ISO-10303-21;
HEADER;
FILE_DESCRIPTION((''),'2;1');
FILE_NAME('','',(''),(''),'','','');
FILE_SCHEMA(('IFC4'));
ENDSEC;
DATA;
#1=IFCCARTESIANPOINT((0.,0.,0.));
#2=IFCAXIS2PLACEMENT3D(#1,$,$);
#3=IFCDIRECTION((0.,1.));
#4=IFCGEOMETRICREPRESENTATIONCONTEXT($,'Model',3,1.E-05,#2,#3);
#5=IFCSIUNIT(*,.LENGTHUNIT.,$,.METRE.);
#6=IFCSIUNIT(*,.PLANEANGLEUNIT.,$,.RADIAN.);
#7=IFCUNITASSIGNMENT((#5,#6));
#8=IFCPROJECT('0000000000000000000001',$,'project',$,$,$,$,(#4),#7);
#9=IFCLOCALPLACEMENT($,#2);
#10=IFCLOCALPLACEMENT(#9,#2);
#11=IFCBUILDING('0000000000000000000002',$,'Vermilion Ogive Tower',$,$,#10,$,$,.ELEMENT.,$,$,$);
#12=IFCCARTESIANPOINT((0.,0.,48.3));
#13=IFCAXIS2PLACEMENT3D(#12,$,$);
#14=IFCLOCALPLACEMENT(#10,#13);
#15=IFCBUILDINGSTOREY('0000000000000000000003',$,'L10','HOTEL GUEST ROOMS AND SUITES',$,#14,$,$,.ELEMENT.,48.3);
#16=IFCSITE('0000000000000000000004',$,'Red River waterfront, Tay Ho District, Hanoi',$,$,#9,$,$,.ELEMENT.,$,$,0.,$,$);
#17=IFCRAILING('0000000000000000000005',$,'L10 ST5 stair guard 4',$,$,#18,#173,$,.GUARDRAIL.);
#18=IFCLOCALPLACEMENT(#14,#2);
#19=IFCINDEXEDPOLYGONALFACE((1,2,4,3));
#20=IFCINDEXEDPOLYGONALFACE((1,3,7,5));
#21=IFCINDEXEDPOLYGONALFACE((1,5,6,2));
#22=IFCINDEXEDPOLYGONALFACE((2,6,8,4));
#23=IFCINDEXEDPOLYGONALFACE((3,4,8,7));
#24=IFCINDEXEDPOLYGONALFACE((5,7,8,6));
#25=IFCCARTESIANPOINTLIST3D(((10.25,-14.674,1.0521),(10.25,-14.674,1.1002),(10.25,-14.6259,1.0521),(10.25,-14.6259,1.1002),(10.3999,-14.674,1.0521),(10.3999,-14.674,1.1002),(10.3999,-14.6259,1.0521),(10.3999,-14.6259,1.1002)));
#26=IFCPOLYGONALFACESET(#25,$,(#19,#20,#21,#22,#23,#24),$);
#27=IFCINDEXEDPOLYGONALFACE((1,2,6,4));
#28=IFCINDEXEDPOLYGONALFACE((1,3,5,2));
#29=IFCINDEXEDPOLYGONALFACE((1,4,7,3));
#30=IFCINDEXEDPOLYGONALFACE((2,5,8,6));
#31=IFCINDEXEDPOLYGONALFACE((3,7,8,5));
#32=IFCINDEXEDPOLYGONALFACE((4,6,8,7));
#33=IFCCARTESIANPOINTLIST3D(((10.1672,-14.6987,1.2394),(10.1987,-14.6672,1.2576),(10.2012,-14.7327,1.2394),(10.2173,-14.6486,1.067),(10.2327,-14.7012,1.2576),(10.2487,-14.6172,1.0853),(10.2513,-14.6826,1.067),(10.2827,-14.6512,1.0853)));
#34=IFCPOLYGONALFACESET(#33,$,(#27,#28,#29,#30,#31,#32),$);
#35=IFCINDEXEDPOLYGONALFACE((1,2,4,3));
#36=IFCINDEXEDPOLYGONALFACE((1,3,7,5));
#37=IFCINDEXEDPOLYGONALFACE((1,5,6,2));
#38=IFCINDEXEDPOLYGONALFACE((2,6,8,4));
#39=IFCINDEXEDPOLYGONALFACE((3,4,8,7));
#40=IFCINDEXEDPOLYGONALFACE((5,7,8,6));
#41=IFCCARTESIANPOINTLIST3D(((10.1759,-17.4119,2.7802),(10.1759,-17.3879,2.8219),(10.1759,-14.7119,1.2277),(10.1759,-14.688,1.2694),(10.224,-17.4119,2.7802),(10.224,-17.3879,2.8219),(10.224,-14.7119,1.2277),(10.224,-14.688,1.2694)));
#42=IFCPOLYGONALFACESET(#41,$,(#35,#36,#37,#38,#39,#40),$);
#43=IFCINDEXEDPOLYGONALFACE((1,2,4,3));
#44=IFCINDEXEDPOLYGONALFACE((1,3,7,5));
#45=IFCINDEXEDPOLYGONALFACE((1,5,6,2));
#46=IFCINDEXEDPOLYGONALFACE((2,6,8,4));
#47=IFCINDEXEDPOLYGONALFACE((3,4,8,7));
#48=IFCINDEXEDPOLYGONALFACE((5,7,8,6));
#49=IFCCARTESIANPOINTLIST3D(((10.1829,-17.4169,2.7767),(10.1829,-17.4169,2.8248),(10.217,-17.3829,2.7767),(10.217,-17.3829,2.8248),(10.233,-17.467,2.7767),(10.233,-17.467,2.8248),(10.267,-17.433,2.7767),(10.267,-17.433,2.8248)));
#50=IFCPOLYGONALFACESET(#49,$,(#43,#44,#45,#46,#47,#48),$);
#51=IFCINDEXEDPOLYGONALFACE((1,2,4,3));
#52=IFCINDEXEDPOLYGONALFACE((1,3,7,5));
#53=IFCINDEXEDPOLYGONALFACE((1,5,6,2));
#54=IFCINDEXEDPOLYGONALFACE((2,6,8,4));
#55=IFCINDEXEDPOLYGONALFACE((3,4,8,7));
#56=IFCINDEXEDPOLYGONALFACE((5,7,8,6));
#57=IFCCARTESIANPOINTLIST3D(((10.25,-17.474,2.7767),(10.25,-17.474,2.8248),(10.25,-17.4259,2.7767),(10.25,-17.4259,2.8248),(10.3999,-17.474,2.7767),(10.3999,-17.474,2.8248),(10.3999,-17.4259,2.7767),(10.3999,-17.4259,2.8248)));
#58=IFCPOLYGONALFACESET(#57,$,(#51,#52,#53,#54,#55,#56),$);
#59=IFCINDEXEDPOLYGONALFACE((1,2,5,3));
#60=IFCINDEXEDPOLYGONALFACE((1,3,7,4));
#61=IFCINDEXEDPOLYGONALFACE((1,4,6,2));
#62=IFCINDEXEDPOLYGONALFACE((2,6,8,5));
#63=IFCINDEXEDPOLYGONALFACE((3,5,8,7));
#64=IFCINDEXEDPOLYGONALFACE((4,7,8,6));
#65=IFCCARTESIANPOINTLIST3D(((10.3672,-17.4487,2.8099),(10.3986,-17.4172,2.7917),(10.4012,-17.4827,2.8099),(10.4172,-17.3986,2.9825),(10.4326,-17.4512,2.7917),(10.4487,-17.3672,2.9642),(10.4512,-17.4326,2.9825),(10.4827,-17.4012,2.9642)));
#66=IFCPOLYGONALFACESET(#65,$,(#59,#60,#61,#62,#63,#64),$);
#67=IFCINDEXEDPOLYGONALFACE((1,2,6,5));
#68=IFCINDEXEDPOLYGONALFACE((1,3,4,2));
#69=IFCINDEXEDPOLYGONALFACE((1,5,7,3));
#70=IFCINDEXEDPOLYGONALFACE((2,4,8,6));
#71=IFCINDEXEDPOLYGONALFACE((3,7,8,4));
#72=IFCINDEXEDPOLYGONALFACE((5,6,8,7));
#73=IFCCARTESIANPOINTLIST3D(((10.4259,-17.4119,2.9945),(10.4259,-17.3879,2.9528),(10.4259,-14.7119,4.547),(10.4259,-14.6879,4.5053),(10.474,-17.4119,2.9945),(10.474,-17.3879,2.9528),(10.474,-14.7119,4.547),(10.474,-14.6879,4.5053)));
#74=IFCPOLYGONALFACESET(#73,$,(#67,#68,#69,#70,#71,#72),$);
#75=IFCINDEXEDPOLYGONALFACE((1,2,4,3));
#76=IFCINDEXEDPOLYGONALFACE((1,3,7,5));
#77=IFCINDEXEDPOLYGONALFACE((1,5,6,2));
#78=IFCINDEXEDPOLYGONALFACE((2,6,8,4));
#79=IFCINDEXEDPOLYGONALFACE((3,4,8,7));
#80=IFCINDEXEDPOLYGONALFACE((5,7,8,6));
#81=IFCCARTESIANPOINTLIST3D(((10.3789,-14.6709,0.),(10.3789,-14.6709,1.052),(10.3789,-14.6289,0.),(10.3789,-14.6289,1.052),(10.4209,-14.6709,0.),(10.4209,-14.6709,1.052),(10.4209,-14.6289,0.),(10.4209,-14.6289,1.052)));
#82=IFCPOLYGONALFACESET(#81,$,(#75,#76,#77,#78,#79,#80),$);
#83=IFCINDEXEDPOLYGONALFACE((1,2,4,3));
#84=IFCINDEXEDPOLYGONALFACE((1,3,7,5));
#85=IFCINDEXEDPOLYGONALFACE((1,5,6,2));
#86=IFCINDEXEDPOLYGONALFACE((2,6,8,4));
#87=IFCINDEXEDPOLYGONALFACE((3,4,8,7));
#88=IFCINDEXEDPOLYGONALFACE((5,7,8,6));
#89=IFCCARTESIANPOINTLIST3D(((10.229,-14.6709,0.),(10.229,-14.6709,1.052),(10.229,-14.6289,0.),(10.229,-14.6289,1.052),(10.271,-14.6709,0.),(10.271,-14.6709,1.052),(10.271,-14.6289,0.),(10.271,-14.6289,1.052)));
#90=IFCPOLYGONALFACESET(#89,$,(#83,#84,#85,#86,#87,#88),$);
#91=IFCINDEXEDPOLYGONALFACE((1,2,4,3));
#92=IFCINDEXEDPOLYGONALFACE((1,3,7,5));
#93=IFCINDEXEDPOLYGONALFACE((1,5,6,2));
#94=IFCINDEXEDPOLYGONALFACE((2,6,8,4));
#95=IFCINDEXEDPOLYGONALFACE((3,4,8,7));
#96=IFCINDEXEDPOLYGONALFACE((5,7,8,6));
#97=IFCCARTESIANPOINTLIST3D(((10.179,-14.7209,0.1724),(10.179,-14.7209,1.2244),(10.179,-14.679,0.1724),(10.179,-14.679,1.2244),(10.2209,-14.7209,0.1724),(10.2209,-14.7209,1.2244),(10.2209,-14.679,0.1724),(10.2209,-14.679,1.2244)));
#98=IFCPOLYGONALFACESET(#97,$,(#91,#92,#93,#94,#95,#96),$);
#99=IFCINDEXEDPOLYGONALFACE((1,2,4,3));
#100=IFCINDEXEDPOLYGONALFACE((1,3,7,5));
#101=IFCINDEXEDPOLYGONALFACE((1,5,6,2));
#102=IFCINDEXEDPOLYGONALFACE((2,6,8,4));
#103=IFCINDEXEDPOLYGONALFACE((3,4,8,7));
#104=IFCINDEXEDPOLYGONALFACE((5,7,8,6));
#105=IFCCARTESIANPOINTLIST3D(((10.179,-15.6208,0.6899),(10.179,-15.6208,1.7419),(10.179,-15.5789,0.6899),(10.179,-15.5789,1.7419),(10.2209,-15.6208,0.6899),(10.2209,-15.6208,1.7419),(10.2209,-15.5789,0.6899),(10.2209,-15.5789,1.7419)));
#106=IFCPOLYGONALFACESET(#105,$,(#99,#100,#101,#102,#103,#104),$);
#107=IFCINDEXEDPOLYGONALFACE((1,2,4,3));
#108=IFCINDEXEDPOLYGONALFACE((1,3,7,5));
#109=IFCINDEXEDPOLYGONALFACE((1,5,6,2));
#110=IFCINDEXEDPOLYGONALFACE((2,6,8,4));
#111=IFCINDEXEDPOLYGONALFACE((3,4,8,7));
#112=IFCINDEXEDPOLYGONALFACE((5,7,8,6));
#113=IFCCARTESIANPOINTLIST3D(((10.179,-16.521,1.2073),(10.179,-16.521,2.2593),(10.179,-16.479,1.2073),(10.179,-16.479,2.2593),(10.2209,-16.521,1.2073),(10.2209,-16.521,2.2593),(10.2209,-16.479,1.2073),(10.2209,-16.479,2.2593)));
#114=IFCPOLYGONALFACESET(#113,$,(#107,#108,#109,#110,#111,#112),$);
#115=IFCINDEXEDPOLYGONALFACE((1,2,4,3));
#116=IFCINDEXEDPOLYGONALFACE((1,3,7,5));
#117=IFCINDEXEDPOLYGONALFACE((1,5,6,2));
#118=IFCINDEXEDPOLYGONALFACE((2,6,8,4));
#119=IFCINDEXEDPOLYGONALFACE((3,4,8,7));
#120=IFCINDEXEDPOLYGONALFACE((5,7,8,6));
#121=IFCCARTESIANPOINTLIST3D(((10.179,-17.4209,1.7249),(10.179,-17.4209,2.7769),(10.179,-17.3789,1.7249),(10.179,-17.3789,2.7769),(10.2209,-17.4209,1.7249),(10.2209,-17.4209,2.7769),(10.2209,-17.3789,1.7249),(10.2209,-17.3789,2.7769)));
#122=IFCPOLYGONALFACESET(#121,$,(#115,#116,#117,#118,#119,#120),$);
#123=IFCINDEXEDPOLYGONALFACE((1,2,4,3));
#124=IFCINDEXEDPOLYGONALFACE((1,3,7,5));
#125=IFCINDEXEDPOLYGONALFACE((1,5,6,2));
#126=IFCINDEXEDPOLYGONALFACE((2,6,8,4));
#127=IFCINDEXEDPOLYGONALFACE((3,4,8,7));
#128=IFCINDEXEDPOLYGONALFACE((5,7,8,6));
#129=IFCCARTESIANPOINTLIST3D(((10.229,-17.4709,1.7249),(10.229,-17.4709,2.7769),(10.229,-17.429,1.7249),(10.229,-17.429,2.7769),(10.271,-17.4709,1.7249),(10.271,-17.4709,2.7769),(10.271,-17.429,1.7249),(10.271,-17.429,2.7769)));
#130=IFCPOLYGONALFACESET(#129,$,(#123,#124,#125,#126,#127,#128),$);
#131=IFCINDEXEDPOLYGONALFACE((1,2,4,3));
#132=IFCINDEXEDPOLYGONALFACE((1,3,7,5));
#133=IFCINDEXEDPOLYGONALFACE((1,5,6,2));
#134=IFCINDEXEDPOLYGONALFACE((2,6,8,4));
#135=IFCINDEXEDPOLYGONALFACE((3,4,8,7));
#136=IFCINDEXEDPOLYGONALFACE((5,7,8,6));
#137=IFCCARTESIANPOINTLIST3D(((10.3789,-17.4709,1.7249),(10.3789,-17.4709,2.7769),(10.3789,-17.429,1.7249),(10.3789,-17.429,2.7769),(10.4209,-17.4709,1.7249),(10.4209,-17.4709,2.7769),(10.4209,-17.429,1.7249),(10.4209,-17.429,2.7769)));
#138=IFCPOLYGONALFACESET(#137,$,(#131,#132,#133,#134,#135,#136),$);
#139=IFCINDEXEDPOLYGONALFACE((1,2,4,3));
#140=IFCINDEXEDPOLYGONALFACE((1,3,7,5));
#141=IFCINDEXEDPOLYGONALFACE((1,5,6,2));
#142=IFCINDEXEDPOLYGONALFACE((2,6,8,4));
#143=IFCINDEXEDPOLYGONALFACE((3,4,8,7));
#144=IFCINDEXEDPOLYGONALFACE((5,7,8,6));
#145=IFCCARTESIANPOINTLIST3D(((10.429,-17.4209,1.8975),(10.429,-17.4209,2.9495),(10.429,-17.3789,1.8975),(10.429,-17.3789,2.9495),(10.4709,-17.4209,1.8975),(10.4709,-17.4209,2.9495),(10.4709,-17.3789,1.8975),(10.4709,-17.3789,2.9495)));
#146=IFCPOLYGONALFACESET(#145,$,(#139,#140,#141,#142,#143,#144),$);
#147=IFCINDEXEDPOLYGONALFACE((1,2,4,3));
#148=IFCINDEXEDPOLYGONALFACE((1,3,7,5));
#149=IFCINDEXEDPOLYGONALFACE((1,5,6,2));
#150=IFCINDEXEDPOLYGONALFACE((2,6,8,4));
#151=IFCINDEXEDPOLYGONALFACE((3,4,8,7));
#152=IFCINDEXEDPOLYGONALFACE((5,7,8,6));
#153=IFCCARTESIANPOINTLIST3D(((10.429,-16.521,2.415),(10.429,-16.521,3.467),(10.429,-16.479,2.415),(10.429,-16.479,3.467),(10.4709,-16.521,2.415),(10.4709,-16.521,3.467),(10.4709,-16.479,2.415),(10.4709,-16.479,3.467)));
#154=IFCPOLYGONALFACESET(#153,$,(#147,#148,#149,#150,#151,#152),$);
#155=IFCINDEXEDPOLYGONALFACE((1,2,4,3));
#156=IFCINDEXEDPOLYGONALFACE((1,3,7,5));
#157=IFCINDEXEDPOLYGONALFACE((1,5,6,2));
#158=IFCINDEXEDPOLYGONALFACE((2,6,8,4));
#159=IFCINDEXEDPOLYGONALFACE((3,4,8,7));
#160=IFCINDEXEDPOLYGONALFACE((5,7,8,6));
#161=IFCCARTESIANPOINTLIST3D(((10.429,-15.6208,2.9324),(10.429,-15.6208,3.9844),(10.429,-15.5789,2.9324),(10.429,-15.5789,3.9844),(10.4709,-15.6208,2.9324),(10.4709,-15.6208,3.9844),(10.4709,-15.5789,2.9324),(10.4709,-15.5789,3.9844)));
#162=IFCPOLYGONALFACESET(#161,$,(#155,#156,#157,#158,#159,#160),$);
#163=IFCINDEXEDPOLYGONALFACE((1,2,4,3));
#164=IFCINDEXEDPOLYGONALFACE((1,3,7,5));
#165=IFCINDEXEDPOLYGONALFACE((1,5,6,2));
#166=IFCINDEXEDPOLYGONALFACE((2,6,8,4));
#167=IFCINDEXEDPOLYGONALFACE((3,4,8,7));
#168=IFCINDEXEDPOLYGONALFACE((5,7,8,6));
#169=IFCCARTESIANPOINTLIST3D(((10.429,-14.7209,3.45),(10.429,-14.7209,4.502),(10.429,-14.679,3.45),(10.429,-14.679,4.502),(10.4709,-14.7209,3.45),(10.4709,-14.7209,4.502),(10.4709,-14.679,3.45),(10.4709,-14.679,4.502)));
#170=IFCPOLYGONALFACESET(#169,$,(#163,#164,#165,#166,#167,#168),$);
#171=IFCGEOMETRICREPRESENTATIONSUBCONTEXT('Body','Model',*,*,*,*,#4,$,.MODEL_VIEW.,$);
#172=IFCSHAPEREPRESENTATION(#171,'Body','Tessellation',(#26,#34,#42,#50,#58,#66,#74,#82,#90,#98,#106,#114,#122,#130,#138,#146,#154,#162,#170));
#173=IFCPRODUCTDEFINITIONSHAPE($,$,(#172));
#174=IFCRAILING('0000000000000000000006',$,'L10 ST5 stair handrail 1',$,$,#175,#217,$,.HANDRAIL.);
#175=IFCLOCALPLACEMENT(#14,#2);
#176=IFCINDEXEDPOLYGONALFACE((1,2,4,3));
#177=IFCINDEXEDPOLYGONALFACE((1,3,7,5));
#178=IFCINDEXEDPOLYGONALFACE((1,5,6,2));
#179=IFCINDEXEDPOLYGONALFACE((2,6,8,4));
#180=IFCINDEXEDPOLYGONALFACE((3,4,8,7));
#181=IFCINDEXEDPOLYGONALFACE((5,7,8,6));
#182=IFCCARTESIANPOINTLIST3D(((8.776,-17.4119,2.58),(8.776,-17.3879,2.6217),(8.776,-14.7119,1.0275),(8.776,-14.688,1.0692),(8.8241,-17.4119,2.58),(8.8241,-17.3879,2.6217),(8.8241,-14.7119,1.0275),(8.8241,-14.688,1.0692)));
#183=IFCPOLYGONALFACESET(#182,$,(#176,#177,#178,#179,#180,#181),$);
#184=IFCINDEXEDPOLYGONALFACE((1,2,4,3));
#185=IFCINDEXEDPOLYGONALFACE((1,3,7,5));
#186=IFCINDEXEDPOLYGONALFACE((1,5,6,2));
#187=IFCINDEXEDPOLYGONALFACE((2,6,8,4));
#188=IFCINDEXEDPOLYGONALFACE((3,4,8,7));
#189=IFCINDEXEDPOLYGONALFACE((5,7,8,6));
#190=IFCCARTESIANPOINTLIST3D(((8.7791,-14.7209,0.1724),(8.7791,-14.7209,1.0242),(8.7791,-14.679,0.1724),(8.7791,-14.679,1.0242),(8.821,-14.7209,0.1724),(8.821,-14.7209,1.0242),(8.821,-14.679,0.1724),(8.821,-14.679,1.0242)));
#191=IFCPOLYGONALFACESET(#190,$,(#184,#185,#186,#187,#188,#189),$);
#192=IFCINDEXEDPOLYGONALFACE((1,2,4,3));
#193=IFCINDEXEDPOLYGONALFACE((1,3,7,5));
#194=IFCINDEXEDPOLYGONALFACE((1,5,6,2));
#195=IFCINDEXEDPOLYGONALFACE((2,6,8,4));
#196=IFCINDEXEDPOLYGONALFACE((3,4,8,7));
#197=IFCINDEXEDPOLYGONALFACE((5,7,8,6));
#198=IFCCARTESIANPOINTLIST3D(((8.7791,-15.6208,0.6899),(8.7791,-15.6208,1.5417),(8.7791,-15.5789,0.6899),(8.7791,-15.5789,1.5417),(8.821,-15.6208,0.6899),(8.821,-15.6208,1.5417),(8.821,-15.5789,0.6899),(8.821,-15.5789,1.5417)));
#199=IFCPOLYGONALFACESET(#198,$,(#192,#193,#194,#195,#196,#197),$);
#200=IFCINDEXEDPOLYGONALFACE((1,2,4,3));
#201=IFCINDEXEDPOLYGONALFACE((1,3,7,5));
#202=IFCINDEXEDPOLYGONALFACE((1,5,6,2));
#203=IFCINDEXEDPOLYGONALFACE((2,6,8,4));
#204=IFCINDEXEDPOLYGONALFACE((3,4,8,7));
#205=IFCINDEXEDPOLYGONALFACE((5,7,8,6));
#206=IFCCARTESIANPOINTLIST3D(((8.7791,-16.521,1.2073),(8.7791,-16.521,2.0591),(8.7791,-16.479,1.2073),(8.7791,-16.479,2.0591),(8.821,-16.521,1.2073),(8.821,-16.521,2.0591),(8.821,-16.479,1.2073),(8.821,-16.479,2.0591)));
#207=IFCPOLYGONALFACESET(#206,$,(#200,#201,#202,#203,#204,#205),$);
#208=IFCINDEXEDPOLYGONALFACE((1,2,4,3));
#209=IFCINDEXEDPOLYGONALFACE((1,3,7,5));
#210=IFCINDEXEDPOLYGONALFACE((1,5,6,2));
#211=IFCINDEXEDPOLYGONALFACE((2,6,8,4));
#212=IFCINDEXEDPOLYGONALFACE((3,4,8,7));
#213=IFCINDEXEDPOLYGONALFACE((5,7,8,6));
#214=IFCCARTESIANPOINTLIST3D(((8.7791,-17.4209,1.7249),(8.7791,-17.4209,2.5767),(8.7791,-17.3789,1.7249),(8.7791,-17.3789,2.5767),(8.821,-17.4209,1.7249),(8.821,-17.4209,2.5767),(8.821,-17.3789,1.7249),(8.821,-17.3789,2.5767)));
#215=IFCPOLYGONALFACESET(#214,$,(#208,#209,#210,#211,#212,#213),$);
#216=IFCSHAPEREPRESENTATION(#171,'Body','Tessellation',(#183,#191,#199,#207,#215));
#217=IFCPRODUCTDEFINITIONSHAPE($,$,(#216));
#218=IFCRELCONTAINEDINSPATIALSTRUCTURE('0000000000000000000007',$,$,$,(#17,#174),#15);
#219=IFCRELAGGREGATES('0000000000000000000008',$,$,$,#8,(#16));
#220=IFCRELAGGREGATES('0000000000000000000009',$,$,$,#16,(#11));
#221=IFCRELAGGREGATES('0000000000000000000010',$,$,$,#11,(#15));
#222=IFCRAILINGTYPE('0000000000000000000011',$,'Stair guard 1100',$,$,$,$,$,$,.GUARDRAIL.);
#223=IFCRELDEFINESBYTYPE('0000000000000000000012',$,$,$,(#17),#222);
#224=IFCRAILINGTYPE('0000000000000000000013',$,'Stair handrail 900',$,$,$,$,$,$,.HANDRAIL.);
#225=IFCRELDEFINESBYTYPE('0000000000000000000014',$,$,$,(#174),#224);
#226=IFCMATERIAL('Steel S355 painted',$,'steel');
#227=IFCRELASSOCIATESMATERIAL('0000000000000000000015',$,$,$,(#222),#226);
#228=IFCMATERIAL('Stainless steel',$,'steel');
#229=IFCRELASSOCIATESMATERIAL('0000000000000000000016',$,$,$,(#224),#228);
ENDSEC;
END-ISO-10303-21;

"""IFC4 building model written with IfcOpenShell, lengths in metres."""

from ifc_helpers import new_model, si_unit, direction, frame, origin, origin_2d, place, context, subcontext, project, spatial, rectangle, extrude, material, type_object, element, save


model = new_model("IFC4")

# Units and contexts
model_context = context("Model", 3, precision=1e-05, world=origin(), true_north=direction((0.0, 1.0)))
body_context = subcontext(model_context, "Body", "Model", "MODEL_VIEW")
ifc_project = project(units=[si_unit("LENGTHUNIT", "METRE"), si_unit("PLANEANGLEUNIT", "RADIAN")], contexts=[model_context])

# Site, building, storey
site_placement = place(None, origin())
site = spatial("IfcSite", under=ifc_project, at=site_placement, Name="Red River waterfront, Tay Ho District, Hanoi", CompositionType="ELEMENT", RefElevation=0.0)
building_placement = place(site_placement, origin())
building = spatial("IfcBuilding", under=site, at=building_placement, Name="Vermilion Ogive Tower", CompositionType="ELEMENT")
storey_placement = place(building_placement, frame((0.0, 0.0, 48.3)))
storey = spatial("IfcBuildingStorey", under=building, at=storey_placement, Name="L10", Description="HOTEL GUEST ROOMS AND SUITES", CompositionType="ELEMENT", Elevation=48.3)

# Railings
ifc_material_1 = material(Name="Steel S355 painted", Category="steel")
railing_type_1 = type_object("IfcRailingType", Name="Stair guard 1100", PredefinedType="GUARDRAIL", material=ifc_material_1)
railing_1_placement = place(storey_placement, frame((10.3999, -14.6499, 0.0)))
element("IfcRailing", 1, at=railing_1_placement, inside=storey, type_object=railing_type_1, Name="L10 ST5 stair guard 4", PredefinedType="GUARDRAIL", context=body_context, shape_type="SweptSolid", body=[
    extrude(rectangle(XDim=0.0481, YDim=0.0481, at=origin_2d()), frame((0.0, 0.0, 1.0762), z_axis=(-1.0, 0.0, 0.0), x_axis=(0.0, -1.0, 0.0)), (0.0, 0.0, 1.0), 0.1499),
    extrude(rectangle(XDim=0.0481, YDim=0.0481, at=origin_2d()), frame((-0.1499, 0.0, 1.0762), z_axis=(-0.268603, -0.268603, 0.925043), x_axis=(0.707107, -0.707107, 0.0)), (0.0, 0.0, 1.0), 0.1863),
    extrude(rectangle(XDim=0.0481, YDim=0.0481, at=origin_2d()), frame((-0.2, -0.05, 1.2485), z_axis=(0.0, -0.866904, 0.498476), x_axis=(1.0, 0.0, 0.0)), (0.0, 0.0, 1.0), 3.1145),
    extrude(rectangle(XDim=0.0481, YDim=0.0481, at=origin_2d()), frame((-0.2, -2.75, 2.8008), z_axis=(0.707107, -0.707107, 0.0), x_axis=(0.707107, 0.707107, 0.0)), (0.0, 0.0, 1.0), 0.0708),
    extrude(rectangle(XDim=0.0481, YDim=0.0481, at=origin_2d()), frame((-0.1499, -2.8, 2.8008), z_axis=(1.0, 0.0, 0.0), x_axis=(0.0, 1.0, 0.0)), (0.0, 0.0, 1.0), 0.1499),
    extrude(rectangle(XDim=0.0481, YDim=0.0481, at=origin_2d()), frame((0.0, -2.8, 2.8008), z_axis=(0.268278, 0.268278, 0.925232), x_axis=(-0.707107, 0.707107, 0.0)), (0.0, 0.0, 1.0), 0.1865),
    extrude(rectangle(XDim=0.0481, YDim=0.0481, at=origin_2d()), frame((0.05, -2.75, 2.9736), z_axis=(0.0, 0.866904, 0.498476), x_axis=(-1.0, 0.0, 0.0)), (0.0, 0.0, 1.0), 3.1145),
    extrude(rectangle(XDim=0.042, YDim=0.042, at=origin_2d()), origin(), (0.0, 0.0, 1.0), 1.052),
    extrude(rectangle(XDim=0.042, YDim=0.042, at=origin_2d()), frame((-0.1499, 0.0, 0.0)), (0.0, 0.0, 1.0), 1.052),
    extrude(rectangle(XDim=0.042, YDim=0.042, at=origin_2d()), frame((-0.2, -0.05, 0.1724)), (0.0, 0.0, 1.0), 1.052),
    extrude(rectangle(XDim=0.042, YDim=0.042, at=origin_2d()), frame((-0.2, -0.95, 0.6899)), (0.0, 0.0, 1.0), 1.052),
    extrude(rectangle(XDim=0.042, YDim=0.042, at=origin_2d()), frame((-0.2, -1.8501, 1.2073)), (0.0, 0.0, 1.0), 1.052),
    extrude(rectangle(XDim=0.042, YDim=0.042, at=origin_2d()), frame((-0.2, -2.75, 1.7249)), (0.0, 0.0, 1.0), 1.052),
    extrude(rectangle(XDim=0.042, YDim=0.042, at=origin_2d()), frame((-0.1499, -2.8, 1.7249)), (0.0, 0.0, 1.0), 1.052),
    extrude(rectangle(XDim=0.042, YDim=0.042, at=origin_2d()), frame((0.0, -2.8, 1.7249)), (0.0, 0.0, 1.0), 1.052),
    extrude(rectangle(XDim=0.042, YDim=0.042, at=origin_2d()), frame((0.05, -2.75, 1.8975)), (0.0, 0.0, 1.0), 1.052),
    extrude(rectangle(XDim=0.042, YDim=0.042, at=origin_2d()), frame((0.05, -1.8501, 2.415)), (0.0, 0.0, 1.0), 1.052),
    extrude(rectangle(XDim=0.042, YDim=0.042, at=origin_2d()), frame((0.05, -0.95, 2.9324)), (0.0, 0.0, 1.0), 1.052),
    extrude(rectangle(XDim=0.042, YDim=0.042, at=origin_2d()), frame((0.05, -0.05, 3.45)), (0.0, 0.0, 1.0), 1.052),
])
ifc_material_2 = material(Name="Stainless steel", Category="steel")
railing_type_2 = type_object("IfcRailingType", Name="Stair handrail 900", PredefinedType="HANDRAIL", material=ifc_material_2)
railing_2_placement = place(storey_placement, frame((8.8, -14.7, 0.1724)))
element("IfcRailing", 2, at=railing_2_placement, inside=storey, type_object=railing_type_2, Name="L10 ST5 stair handrail 1", PredefinedType="HANDRAIL", context=body_context, shape_type="SweptSolid", body=[
    extrude(rectangle(XDim=0.0481, YDim=0.0481, at=origin_2d()), frame((0.0, 0.0, 0.876), z_axis=(0.0, -0.866904, 0.498476), x_axis=(1.0, 0.0, 0.0)), (0.0, 0.0, 1.0), 3.1145),
    extrude(rectangle(XDim=0.042, YDim=0.042, at=origin_2d()), origin(), (0.0, 0.0, 1.0), 0.8518),
    extrude(rectangle(XDim=0.042, YDim=0.042, at=origin_2d()), frame((0.0, -0.8999, 0.5176)), (0.0, 0.0, 1.0), 0.8518),
    extrude(rectangle(XDim=0.042, YDim=0.042, at=origin_2d()), frame((0.0, -1.8, 1.0349)), (0.0, 0.0, 1.0), 0.8518),
    extrude(rectangle(XDim=0.042, YDim=0.042, at=origin_2d()), frame((0.0, -2.7, 1.5525)), (0.0, 0.0, 1.0), 0.8518),
])

save(model, "model.ifc")
